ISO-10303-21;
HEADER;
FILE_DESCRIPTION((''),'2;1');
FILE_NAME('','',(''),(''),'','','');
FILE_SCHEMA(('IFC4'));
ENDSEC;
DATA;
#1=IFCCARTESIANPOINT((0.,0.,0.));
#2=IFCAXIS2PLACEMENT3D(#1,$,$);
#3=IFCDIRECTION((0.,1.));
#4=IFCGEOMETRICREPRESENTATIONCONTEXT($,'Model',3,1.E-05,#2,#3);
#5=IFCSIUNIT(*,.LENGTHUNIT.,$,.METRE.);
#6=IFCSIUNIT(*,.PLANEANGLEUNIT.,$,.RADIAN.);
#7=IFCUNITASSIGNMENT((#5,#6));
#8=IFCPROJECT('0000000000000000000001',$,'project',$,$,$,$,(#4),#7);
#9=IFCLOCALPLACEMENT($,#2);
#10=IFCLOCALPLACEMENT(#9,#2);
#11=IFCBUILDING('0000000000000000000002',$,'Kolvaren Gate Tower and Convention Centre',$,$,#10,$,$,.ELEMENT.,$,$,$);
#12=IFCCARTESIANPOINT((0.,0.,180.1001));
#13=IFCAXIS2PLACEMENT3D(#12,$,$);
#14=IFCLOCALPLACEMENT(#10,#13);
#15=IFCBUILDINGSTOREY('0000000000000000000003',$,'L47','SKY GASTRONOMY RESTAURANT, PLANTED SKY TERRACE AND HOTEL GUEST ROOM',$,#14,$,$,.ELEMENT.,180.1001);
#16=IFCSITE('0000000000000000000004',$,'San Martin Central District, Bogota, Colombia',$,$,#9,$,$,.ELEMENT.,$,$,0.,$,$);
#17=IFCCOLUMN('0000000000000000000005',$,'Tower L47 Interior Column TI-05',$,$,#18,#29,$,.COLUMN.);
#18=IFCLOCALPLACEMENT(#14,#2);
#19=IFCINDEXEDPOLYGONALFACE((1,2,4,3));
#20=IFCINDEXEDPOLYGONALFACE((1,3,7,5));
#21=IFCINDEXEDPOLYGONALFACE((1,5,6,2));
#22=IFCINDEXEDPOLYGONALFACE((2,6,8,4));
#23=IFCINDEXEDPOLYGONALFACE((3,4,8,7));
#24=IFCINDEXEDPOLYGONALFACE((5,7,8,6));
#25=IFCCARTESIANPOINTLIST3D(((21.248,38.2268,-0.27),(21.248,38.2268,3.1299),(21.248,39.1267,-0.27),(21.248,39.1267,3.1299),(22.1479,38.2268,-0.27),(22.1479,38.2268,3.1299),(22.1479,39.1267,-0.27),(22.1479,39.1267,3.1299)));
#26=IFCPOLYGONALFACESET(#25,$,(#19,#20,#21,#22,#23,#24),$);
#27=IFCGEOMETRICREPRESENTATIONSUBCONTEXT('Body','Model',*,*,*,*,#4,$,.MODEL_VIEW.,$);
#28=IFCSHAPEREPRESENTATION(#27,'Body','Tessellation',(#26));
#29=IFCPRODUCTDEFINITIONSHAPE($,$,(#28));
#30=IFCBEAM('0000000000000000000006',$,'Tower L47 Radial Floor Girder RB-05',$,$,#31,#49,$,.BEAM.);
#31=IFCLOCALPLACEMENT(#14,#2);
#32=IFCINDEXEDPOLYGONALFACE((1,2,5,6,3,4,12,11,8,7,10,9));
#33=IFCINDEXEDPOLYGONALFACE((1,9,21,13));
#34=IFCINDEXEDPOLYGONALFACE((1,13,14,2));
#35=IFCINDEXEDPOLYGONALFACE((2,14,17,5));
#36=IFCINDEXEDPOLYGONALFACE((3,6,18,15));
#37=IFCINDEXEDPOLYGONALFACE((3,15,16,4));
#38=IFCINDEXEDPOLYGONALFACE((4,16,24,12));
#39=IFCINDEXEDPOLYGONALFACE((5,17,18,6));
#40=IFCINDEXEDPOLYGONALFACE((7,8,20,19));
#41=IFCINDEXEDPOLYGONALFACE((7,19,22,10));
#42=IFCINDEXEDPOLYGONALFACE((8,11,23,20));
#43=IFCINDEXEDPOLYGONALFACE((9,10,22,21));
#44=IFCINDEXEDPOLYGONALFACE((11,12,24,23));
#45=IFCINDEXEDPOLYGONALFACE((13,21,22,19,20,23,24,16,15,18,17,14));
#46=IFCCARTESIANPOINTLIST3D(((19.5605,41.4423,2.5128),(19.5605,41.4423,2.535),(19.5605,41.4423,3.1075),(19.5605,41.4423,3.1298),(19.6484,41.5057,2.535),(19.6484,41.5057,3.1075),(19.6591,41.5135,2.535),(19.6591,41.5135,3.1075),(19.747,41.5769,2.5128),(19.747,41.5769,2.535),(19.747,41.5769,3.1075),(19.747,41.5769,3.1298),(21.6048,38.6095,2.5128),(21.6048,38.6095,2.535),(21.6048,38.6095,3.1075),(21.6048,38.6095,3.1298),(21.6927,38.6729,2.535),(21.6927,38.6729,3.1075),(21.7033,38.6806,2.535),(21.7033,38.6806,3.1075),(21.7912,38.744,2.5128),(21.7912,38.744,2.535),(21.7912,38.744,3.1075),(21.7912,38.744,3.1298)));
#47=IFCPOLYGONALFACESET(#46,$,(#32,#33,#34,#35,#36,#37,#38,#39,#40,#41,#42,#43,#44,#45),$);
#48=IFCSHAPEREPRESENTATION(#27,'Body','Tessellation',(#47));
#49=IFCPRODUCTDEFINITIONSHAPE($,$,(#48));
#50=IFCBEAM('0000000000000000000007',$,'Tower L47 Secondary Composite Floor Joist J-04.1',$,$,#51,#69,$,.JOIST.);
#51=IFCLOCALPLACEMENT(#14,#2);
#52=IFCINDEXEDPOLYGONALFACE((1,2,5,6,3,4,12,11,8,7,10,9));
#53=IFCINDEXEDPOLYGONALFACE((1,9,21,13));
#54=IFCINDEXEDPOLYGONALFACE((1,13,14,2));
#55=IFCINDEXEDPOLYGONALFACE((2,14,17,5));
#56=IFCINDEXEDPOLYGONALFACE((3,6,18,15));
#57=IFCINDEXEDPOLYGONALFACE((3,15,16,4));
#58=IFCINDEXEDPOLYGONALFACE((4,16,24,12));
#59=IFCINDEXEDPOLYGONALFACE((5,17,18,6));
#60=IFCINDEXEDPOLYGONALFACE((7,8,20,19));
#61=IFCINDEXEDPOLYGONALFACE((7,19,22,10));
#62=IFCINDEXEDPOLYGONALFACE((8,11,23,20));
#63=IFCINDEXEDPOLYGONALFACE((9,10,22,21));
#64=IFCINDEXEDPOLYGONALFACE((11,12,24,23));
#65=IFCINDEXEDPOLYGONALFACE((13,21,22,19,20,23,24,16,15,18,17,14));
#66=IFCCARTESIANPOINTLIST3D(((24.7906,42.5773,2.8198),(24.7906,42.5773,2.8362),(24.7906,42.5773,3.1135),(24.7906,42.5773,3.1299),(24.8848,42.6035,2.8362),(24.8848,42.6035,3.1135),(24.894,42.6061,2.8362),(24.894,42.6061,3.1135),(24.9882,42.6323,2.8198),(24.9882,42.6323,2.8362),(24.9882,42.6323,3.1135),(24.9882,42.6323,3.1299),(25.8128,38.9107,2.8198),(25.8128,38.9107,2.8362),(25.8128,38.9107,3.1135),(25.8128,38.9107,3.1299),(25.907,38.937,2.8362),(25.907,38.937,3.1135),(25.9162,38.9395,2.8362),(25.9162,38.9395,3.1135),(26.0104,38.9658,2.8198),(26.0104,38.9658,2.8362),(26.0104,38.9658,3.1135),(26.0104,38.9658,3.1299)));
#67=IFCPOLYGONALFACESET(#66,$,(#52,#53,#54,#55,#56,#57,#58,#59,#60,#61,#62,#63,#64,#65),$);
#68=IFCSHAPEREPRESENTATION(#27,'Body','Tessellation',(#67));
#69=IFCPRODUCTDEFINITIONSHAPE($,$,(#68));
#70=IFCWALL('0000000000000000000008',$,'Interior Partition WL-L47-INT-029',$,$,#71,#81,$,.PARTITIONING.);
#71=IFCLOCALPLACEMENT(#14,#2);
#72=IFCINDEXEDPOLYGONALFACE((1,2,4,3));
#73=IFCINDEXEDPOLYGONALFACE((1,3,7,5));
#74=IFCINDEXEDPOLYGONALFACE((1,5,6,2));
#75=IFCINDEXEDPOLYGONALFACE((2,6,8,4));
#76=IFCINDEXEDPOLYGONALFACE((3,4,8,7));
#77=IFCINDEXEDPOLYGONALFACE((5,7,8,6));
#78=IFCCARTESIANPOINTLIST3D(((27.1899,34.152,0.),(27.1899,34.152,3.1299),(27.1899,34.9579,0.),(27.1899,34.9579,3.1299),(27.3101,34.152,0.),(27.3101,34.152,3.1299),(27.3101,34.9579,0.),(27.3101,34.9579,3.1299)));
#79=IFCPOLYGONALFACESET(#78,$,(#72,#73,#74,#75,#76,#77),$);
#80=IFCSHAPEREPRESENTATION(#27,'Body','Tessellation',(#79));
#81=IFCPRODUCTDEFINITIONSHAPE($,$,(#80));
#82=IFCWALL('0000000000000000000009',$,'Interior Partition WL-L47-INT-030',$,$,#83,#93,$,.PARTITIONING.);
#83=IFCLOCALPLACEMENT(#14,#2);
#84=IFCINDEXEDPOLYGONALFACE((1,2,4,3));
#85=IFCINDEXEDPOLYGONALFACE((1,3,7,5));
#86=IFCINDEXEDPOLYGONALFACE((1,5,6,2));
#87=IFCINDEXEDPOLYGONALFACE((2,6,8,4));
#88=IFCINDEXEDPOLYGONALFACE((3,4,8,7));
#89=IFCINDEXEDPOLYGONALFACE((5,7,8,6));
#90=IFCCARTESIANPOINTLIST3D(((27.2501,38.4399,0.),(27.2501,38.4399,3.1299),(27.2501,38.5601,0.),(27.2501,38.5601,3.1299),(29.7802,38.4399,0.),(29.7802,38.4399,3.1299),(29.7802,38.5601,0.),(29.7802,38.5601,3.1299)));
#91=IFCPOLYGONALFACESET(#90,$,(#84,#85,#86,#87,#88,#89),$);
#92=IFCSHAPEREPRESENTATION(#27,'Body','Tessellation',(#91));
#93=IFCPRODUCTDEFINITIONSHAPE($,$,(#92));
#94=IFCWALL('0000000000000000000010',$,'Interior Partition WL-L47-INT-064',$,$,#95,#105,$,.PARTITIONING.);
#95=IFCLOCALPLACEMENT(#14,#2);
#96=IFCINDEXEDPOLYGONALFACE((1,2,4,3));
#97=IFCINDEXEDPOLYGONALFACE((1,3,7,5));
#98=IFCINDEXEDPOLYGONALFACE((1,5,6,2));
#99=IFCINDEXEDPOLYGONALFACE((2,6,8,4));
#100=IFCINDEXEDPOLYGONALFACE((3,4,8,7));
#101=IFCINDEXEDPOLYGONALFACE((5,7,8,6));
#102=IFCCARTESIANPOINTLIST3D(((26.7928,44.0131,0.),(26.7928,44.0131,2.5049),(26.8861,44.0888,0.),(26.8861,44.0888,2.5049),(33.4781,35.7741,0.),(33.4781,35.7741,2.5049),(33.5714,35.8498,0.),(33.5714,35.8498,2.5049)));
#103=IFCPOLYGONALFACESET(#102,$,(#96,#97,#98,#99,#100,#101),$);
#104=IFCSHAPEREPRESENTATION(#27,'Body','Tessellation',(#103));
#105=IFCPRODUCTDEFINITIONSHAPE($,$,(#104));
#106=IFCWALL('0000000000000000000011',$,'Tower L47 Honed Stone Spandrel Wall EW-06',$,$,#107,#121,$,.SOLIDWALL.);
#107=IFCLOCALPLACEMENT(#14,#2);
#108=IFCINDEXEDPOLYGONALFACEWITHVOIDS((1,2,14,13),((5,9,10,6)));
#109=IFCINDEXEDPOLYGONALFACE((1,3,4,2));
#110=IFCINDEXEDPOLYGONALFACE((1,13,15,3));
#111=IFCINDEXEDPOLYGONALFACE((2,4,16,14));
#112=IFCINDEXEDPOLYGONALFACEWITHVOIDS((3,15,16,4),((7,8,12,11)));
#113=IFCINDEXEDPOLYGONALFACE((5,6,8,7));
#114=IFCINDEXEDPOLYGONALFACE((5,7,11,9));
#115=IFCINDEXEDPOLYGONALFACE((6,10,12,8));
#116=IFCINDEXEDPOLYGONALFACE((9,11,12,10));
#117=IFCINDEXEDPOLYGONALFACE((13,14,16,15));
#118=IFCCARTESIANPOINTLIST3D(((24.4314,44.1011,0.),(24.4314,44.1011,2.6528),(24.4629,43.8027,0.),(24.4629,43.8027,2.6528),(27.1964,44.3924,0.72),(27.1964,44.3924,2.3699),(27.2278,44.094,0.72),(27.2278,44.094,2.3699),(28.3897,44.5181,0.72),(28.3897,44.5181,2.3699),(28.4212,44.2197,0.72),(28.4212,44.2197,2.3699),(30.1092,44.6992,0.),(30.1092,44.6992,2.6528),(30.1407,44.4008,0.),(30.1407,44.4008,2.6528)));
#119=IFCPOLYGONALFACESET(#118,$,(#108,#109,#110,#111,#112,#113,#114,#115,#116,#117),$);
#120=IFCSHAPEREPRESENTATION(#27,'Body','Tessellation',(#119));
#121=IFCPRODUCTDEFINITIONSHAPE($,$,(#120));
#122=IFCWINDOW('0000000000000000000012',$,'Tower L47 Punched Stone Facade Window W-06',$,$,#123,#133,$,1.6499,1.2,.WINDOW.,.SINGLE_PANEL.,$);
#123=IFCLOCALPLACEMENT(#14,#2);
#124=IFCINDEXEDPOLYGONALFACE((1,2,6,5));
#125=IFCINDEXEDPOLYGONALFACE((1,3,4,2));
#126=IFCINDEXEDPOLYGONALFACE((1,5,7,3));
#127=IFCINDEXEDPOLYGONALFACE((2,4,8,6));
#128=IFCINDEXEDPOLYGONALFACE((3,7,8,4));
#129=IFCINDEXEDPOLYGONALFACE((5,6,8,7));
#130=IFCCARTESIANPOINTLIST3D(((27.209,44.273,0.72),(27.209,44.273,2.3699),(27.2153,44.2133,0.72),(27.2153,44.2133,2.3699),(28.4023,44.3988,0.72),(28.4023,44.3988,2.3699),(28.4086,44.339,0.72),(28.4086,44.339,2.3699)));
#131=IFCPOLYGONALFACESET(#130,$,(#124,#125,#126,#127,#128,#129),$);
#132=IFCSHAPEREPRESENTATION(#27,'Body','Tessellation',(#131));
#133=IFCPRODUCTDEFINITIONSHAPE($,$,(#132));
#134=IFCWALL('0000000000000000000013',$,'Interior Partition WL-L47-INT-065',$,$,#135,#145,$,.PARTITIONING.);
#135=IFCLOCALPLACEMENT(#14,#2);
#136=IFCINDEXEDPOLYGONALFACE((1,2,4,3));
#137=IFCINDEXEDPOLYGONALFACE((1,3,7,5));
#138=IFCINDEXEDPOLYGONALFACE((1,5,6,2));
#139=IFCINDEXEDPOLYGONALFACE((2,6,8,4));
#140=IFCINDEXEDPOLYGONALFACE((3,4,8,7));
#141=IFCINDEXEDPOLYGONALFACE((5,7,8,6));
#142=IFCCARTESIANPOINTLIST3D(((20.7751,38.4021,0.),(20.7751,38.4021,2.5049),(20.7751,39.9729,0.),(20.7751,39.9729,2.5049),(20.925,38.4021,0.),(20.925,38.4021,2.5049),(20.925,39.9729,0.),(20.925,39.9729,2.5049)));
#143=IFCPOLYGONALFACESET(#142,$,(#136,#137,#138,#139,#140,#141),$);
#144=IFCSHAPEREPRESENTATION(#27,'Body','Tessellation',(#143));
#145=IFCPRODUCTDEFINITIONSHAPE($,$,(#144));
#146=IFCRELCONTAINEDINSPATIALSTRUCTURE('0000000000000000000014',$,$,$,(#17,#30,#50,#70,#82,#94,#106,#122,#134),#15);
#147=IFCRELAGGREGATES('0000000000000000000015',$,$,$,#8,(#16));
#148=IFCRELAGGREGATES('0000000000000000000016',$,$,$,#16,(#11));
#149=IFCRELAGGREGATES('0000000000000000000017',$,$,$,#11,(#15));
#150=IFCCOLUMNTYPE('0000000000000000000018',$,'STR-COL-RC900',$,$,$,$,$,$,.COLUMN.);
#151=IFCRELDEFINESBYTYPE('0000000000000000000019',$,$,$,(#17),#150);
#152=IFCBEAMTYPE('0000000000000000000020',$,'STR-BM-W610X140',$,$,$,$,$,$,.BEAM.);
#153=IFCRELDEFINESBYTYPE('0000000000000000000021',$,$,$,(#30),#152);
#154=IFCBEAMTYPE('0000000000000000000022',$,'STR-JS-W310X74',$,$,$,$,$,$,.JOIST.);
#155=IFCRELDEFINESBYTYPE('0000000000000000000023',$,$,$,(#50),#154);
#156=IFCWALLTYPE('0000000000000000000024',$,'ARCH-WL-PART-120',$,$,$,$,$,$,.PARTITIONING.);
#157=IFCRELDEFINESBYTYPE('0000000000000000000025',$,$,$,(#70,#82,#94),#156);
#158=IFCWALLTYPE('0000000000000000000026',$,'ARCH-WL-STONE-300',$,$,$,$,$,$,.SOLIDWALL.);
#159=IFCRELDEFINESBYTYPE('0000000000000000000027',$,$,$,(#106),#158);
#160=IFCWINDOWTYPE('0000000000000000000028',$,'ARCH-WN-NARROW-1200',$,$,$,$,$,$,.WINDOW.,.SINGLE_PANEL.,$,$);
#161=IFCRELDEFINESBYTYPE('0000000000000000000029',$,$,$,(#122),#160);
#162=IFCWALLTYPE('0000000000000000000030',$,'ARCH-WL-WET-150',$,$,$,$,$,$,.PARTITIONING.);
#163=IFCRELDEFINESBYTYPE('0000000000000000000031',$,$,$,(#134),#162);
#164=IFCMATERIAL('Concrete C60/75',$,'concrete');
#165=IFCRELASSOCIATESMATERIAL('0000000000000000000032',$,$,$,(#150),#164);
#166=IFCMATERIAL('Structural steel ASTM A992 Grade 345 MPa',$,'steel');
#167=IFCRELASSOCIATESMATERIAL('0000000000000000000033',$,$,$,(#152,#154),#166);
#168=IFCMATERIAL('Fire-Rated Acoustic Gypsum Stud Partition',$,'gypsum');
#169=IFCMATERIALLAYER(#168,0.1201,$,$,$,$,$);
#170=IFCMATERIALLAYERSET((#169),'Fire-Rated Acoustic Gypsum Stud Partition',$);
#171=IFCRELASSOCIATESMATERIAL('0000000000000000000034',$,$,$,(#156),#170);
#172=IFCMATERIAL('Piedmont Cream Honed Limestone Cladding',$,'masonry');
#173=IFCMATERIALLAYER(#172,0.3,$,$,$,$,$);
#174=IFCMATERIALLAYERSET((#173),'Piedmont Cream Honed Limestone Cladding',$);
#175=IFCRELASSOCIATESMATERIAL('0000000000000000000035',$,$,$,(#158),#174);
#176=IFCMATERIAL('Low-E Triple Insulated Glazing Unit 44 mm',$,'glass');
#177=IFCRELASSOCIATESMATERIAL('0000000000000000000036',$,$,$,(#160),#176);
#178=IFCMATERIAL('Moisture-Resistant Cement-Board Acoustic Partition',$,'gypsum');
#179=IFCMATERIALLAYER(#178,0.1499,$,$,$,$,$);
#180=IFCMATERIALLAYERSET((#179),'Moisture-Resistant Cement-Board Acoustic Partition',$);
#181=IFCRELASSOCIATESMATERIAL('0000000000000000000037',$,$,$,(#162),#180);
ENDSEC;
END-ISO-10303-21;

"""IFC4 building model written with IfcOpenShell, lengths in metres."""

from ifc_helpers import new_model, si_unit, direction, frame, frame_2d, origin, origin_2d, place, context, subcontext, project, spatial, rectangle, i_section, extrude, material, layer, layer_set, material_profile, profile_set, type_object, element, fill, save


model = new_model("IFC4")

# Units and contexts
model_context = context("Model", 3, precision=1e-05, world=origin(), true_north=direction((0.0, 1.0)))
body_context = subcontext(model_context, "Body", "Model", "MODEL_VIEW")
ifc_project = project(units=[si_unit("LENGTHUNIT", "METRE"), si_unit("PLANEANGLEUNIT", "RADIAN")], contexts=[model_context])

# Site, building, storey
site_placement = place(None, origin())
site = spatial("IfcSite", under=ifc_project, at=site_placement, Name="San Martin Central District, Bogota, Colombia", CompositionType="ELEMENT", RefElevation=0.0)
building_placement = place(site_placement, origin())
building = spatial("IfcBuilding", under=site, at=building_placement, Name="Kolvaren Gate Tower and Convention Centre", CompositionType="ELEMENT")
storey_placement = place(building_placement, frame((0.0, 0.0, 180.1001)))
storey = spatial("IfcBuildingStorey", under=building, at=storey_placement, Name="L47", Description="SKY GASTRONOMY RESTAURANT, PLANTED SKY TERRACE AND HOTEL GUEST ROOM", CompositionType="ELEMENT", Elevation=180.1001)

# Column
ifc_material_1 = material(Name="Concrete C60/75", Category="concrete")
ifc_material_profile_1 = material_profile(ifc_material_1, rectangle(XDim=0.8999, YDim=0.8999, at=origin_2d()), Name="RC-COL-900X900")
ifc_profile_set_1 = profile_set([ifc_material_profile_1], Name="Concrete C60/75")
column_type = type_object("IfcColumnType", Name="STR-COL-RC900", PredefinedType="COLUMN", material=ifc_profile_set_1)
column_placement = place(storey_placement, frame((21.698, 38.6768, -0.27), z_axis=(0.0, 0.0, 1.0), x_axis=(1.0, 0.0, 0.0)))
element("IfcColumn", 1, at=column_placement, inside=storey, type_object=column_type, Name="Tower L47 Interior Column TI-05", PredefinedType="COLUMN", context=body_context, shape_type="SweptSolid", body=[
    extrude(rectangle(XDim=0.8999, YDim=0.8999, at=origin_2d()), origin(), (0.0, 0.0, 1.0), 3.3999),
])

# Beams
ifc_material_2 = material(Name="Structural steel ASTM A992 Grade 345 MPa", Category="steel")
ifc_material_profile_2 = material_profile(ifc_material_2, i_section(OverallWidth=0.23, OverallDepth=0.6169, WebThickness=0.0132, FlangeThickness=0.0222, at=origin_2d()), Name="W610X140")
ifc_profile_set_2 = profile_set([ifc_material_profile_2], Name="Structural steel ASTM A992 Grade 345 MPa")
beam_type_1 = type_object("IfcBeamType", Name="STR-BM-W610X140", PredefinedType="BEAM", material=ifc_profile_set_2)
beam_1_placement = place(storey_placement, frame((21.698, 38.6768, 2.8213), z_axis=(-0.585172, 0.81091, 0.0), x_axis=(-0.81091, -0.585172, 0.0)))
element("IfcBeam", 2, at=beam_1_placement, inside=storey, type_object=beam_type_1, Name="Tower L47 Radial Floor Girder RB-05", PredefinedType="BEAM", context=body_context, shape_type="SweptSolid", body=[
    extrude(i_section(OverallWidth=0.23, OverallDepth=0.6169, WebThickness=0.0132, FlangeThickness=0.0222, at=origin_2d()), origin(), (0.0, 0.0, 1.0), 3.4934),
])
ifc_material_profile_3 = material_profile(ifc_material_2, i_section(OverallWidth=0.2051, OverallDepth=0.3101, WebThickness=0.0095, FlangeThickness=0.0164, at=origin_2d()), Name="W310X74")
ifc_profile_set_3 = profile_set([ifc_material_profile_3], Name="Structural steel ASTM A992 Grade 345 MPa")
beam_type_2 = type_object("IfcBeamType", Name="STR-JS-W310X74", PredefinedType="JOIST", material=ifc_profile_set_3)
beam_2_placement = place(storey_placement, frame((25.9116, 38.9382, 2.9749), z_axis=(-0.268557, 0.963264, 0.0), x_axis=(-0.963264, -0.268557, 0.0)))
element("IfcBeam", 3, at=beam_2_placement, inside=storey, type_object=beam_type_2, Name="Tower L47 Secondary Composite Floor Joist J-04.1", PredefinedType="JOIST", context=body_context, shape_type="SweptSolid", body=[
    extrude(i_section(OverallWidth=0.2051, OverallDepth=0.3101, WebThickness=0.0095, FlangeThickness=0.0164, at=origin_2d()), origin(), (0.0, 0.0, 1.0), 3.8064),
])

# Walls
ifc_material_3 = material(Name="Fire-Rated Acoustic Gypsum Stud Partition", Category="gypsum")
ifc_layer_1 = layer(ifc_material_3, 0.1201)
ifc_layer_set_1 = layer_set([ifc_layer_1], Name="Fire-Rated Acoustic Gypsum Stud Partition")
wall_type_1 = type_object("IfcWallType", Name="ARCH-WL-PART-120", PredefinedType="PARTITIONING", material=ifc_layer_set_1)
wall_1_placement = place(storey_placement, frame((27.25, 34.1521, 0.0), z_axis=(0.0, 0.0, 1.0), x_axis=(0.0, 1.0, 0.0)))
element("IfcWall", 4, at=wall_1_placement, inside=storey, type_object=wall_type_1, Name="Interior Partition WL-L47-INT-029", PredefinedType="PARTITIONING", context=body_context, shape_type="SweptSolid", body=[
    extrude(rectangle(XDim=0.8059, YDim=0.1201, at=frame_2d((0.4028, 0.0))), origin(), (0.0, 0.0, 1.0), 3.1299),
])
wall_2_placement = place(storey_placement, frame((27.25, 38.5, 0.0), z_axis=(0.0, 0.0, 1.0), x_axis=(1.0, 0.0, 0.0)))
element("IfcWall", 5, at=wall_2_placement, inside=storey, type_object=wall_type_1, Name="Interior Partition WL-L47-INT-030", PredefinedType="PARTITIONING", context=body_context, shape_type="SweptSolid", body=[
    extrude(rectangle(XDim=2.53, YDim=0.1201, at=frame_2d((1.2651, 0.0))), origin(), (0.0, 0.0, 1.0), 3.1299),
])
wall_3_placement = place(storey_placement, frame((26.8394, 44.051, 0.0), z_axis=(0.0, 0.0, 1.0), x_axis=(0.630087, -0.776524, 0.0)))
element("IfcWall", 6, at=wall_3_placement, inside=storey, type_object=wall_type_1, Name="Interior Partition WL-L47-INT-064", PredefinedType="PARTITIONING", context=body_context, shape_type="SweptSolid", body=[
    extrude(rectangle(XDim=10.6101, YDim=0.1201, at=frame_2d((5.3052, 0.0))), origin(), (0.0, 0.0, 1.0), 2.5049),
])

# Wall, opening, window
ifc_material_4 = material(Name="Piedmont Cream Honed Limestone Cladding", Category="masonry")
ifc_layer_2 = layer(ifc_material_4, 0.3)
ifc_layer_set_2 = layer_set([ifc_layer_2], Name="Piedmont Cream Honed Limestone Cladding")
wall_type_2 = type_object("IfcWallType", Name="ARCH-WL-STONE-300", PredefinedType="SOLIDWALL", material=ifc_layer_set_2)
wall_4_placement = place(storey_placement, frame((24.4473, 43.9519, 0.0), z_axis=(0.0, 0.0, 1.0), x_axis=(0.994497, 0.104769, 0.0)))
wall_4 = element("IfcWall", 7, at=wall_4_placement, inside=storey, type_object=wall_type_2, Name="Tower L47 Honed Stone Spandrel Wall EW-06", PredefinedType="SOLIDWALL", context=body_context, shape_type="SweptSolid", body=[
    extrude(rectangle(XDim=5.7092, YDim=0.3, at=frame_2d((2.8545, 0.0))), origin(), (0.0, 0.0, 1.0), 2.6528),
])
opening_1_placement = place(wall_4_placement, frame((2.78, 0.0, 0.72)))
opening_1 = element("IfcOpeningElement", 8, at=opening_1_placement, cuts=wall_4, PredefinedType="OPENING", context=body_context, shape_type="SweptSolid", body=[
    extrude(rectangle(XDim=1.2, YDim=1.6499, at=frame_2d((0.6001, 0.825))), frame((0.0, 0.1599, 0.0), z_axis=(0.0, -1.0, 0.0), x_axis=(1.0, 0.0, 0.0)), (0.0, 0.0, 1.0), 0.3201),
])
ifc_material_5 = material(Name="Low-E Triple Insulated Glazing Unit 44 mm", Category="glass")
window_type = type_object("IfcWindowType", Name="ARCH-WN-NARROW-1200", PartitioningType="SINGLE_PANEL", PredefinedType="WINDOW", material=ifc_material_5)
window_placement = place(opening_1_placement, origin())
window = element("IfcWindow", 9, at=window_placement, inside=storey, type_object=window_type, Name="Tower L47 Punched Stone Facade Window W-06", OverallHeight=1.6499, OverallWidth=1.2, PartitioningType="SINGLE_PANEL", PredefinedType="WINDOW", context=body_context, shape_type="SweptSolid", body=[
    extrude(rectangle(XDim=1.2, YDim=1.6499, at=frame_2d((0.6001, 0.825))), frame((0.0, 0.03, 0.0), z_axis=(0.0, -1.0, 0.0), x_axis=(1.0, 0.0, 0.0)), (0.0, 0.0, 1.0), 0.0601),
])
fill(opening_1, window)

# Wall
ifc_material_6 = material(Name="Moisture-Resistant Cement-Board Acoustic Partition", Category="gypsum")
ifc_layer_3 = layer(ifc_material_6, 0.1499)
ifc_layer_set_3 = layer_set([ifc_layer_3], Name="Moisture-Resistant Cement-Board Acoustic Partition")
wall_type_3 = type_object("IfcWallType", Name="ARCH-WL-WET-150", PredefinedType="PARTITIONING", material=ifc_layer_set_3)
wall_5_placement = place(storey_placement, frame((20.8501, 38.4021, 0.0), z_axis=(0.0, 0.0, 1.0), x_axis=(0.0, 1.0, 0.0)))
element("IfcWall", 10, at=wall_5_placement, inside=storey, type_object=wall_type_3, Name="Interior Partition WL-L47-INT-065", PredefinedType="PARTITIONING", context=body_context, shape_type="SweptSolid", body=[
    extrude(rectangle(XDim=1.5708, YDim=0.1499, at=frame_2d((0.7854, 0.0))), origin(), (0.0, 0.0, 1.0), 2.5049),
])

save(model, "model.ifc")
